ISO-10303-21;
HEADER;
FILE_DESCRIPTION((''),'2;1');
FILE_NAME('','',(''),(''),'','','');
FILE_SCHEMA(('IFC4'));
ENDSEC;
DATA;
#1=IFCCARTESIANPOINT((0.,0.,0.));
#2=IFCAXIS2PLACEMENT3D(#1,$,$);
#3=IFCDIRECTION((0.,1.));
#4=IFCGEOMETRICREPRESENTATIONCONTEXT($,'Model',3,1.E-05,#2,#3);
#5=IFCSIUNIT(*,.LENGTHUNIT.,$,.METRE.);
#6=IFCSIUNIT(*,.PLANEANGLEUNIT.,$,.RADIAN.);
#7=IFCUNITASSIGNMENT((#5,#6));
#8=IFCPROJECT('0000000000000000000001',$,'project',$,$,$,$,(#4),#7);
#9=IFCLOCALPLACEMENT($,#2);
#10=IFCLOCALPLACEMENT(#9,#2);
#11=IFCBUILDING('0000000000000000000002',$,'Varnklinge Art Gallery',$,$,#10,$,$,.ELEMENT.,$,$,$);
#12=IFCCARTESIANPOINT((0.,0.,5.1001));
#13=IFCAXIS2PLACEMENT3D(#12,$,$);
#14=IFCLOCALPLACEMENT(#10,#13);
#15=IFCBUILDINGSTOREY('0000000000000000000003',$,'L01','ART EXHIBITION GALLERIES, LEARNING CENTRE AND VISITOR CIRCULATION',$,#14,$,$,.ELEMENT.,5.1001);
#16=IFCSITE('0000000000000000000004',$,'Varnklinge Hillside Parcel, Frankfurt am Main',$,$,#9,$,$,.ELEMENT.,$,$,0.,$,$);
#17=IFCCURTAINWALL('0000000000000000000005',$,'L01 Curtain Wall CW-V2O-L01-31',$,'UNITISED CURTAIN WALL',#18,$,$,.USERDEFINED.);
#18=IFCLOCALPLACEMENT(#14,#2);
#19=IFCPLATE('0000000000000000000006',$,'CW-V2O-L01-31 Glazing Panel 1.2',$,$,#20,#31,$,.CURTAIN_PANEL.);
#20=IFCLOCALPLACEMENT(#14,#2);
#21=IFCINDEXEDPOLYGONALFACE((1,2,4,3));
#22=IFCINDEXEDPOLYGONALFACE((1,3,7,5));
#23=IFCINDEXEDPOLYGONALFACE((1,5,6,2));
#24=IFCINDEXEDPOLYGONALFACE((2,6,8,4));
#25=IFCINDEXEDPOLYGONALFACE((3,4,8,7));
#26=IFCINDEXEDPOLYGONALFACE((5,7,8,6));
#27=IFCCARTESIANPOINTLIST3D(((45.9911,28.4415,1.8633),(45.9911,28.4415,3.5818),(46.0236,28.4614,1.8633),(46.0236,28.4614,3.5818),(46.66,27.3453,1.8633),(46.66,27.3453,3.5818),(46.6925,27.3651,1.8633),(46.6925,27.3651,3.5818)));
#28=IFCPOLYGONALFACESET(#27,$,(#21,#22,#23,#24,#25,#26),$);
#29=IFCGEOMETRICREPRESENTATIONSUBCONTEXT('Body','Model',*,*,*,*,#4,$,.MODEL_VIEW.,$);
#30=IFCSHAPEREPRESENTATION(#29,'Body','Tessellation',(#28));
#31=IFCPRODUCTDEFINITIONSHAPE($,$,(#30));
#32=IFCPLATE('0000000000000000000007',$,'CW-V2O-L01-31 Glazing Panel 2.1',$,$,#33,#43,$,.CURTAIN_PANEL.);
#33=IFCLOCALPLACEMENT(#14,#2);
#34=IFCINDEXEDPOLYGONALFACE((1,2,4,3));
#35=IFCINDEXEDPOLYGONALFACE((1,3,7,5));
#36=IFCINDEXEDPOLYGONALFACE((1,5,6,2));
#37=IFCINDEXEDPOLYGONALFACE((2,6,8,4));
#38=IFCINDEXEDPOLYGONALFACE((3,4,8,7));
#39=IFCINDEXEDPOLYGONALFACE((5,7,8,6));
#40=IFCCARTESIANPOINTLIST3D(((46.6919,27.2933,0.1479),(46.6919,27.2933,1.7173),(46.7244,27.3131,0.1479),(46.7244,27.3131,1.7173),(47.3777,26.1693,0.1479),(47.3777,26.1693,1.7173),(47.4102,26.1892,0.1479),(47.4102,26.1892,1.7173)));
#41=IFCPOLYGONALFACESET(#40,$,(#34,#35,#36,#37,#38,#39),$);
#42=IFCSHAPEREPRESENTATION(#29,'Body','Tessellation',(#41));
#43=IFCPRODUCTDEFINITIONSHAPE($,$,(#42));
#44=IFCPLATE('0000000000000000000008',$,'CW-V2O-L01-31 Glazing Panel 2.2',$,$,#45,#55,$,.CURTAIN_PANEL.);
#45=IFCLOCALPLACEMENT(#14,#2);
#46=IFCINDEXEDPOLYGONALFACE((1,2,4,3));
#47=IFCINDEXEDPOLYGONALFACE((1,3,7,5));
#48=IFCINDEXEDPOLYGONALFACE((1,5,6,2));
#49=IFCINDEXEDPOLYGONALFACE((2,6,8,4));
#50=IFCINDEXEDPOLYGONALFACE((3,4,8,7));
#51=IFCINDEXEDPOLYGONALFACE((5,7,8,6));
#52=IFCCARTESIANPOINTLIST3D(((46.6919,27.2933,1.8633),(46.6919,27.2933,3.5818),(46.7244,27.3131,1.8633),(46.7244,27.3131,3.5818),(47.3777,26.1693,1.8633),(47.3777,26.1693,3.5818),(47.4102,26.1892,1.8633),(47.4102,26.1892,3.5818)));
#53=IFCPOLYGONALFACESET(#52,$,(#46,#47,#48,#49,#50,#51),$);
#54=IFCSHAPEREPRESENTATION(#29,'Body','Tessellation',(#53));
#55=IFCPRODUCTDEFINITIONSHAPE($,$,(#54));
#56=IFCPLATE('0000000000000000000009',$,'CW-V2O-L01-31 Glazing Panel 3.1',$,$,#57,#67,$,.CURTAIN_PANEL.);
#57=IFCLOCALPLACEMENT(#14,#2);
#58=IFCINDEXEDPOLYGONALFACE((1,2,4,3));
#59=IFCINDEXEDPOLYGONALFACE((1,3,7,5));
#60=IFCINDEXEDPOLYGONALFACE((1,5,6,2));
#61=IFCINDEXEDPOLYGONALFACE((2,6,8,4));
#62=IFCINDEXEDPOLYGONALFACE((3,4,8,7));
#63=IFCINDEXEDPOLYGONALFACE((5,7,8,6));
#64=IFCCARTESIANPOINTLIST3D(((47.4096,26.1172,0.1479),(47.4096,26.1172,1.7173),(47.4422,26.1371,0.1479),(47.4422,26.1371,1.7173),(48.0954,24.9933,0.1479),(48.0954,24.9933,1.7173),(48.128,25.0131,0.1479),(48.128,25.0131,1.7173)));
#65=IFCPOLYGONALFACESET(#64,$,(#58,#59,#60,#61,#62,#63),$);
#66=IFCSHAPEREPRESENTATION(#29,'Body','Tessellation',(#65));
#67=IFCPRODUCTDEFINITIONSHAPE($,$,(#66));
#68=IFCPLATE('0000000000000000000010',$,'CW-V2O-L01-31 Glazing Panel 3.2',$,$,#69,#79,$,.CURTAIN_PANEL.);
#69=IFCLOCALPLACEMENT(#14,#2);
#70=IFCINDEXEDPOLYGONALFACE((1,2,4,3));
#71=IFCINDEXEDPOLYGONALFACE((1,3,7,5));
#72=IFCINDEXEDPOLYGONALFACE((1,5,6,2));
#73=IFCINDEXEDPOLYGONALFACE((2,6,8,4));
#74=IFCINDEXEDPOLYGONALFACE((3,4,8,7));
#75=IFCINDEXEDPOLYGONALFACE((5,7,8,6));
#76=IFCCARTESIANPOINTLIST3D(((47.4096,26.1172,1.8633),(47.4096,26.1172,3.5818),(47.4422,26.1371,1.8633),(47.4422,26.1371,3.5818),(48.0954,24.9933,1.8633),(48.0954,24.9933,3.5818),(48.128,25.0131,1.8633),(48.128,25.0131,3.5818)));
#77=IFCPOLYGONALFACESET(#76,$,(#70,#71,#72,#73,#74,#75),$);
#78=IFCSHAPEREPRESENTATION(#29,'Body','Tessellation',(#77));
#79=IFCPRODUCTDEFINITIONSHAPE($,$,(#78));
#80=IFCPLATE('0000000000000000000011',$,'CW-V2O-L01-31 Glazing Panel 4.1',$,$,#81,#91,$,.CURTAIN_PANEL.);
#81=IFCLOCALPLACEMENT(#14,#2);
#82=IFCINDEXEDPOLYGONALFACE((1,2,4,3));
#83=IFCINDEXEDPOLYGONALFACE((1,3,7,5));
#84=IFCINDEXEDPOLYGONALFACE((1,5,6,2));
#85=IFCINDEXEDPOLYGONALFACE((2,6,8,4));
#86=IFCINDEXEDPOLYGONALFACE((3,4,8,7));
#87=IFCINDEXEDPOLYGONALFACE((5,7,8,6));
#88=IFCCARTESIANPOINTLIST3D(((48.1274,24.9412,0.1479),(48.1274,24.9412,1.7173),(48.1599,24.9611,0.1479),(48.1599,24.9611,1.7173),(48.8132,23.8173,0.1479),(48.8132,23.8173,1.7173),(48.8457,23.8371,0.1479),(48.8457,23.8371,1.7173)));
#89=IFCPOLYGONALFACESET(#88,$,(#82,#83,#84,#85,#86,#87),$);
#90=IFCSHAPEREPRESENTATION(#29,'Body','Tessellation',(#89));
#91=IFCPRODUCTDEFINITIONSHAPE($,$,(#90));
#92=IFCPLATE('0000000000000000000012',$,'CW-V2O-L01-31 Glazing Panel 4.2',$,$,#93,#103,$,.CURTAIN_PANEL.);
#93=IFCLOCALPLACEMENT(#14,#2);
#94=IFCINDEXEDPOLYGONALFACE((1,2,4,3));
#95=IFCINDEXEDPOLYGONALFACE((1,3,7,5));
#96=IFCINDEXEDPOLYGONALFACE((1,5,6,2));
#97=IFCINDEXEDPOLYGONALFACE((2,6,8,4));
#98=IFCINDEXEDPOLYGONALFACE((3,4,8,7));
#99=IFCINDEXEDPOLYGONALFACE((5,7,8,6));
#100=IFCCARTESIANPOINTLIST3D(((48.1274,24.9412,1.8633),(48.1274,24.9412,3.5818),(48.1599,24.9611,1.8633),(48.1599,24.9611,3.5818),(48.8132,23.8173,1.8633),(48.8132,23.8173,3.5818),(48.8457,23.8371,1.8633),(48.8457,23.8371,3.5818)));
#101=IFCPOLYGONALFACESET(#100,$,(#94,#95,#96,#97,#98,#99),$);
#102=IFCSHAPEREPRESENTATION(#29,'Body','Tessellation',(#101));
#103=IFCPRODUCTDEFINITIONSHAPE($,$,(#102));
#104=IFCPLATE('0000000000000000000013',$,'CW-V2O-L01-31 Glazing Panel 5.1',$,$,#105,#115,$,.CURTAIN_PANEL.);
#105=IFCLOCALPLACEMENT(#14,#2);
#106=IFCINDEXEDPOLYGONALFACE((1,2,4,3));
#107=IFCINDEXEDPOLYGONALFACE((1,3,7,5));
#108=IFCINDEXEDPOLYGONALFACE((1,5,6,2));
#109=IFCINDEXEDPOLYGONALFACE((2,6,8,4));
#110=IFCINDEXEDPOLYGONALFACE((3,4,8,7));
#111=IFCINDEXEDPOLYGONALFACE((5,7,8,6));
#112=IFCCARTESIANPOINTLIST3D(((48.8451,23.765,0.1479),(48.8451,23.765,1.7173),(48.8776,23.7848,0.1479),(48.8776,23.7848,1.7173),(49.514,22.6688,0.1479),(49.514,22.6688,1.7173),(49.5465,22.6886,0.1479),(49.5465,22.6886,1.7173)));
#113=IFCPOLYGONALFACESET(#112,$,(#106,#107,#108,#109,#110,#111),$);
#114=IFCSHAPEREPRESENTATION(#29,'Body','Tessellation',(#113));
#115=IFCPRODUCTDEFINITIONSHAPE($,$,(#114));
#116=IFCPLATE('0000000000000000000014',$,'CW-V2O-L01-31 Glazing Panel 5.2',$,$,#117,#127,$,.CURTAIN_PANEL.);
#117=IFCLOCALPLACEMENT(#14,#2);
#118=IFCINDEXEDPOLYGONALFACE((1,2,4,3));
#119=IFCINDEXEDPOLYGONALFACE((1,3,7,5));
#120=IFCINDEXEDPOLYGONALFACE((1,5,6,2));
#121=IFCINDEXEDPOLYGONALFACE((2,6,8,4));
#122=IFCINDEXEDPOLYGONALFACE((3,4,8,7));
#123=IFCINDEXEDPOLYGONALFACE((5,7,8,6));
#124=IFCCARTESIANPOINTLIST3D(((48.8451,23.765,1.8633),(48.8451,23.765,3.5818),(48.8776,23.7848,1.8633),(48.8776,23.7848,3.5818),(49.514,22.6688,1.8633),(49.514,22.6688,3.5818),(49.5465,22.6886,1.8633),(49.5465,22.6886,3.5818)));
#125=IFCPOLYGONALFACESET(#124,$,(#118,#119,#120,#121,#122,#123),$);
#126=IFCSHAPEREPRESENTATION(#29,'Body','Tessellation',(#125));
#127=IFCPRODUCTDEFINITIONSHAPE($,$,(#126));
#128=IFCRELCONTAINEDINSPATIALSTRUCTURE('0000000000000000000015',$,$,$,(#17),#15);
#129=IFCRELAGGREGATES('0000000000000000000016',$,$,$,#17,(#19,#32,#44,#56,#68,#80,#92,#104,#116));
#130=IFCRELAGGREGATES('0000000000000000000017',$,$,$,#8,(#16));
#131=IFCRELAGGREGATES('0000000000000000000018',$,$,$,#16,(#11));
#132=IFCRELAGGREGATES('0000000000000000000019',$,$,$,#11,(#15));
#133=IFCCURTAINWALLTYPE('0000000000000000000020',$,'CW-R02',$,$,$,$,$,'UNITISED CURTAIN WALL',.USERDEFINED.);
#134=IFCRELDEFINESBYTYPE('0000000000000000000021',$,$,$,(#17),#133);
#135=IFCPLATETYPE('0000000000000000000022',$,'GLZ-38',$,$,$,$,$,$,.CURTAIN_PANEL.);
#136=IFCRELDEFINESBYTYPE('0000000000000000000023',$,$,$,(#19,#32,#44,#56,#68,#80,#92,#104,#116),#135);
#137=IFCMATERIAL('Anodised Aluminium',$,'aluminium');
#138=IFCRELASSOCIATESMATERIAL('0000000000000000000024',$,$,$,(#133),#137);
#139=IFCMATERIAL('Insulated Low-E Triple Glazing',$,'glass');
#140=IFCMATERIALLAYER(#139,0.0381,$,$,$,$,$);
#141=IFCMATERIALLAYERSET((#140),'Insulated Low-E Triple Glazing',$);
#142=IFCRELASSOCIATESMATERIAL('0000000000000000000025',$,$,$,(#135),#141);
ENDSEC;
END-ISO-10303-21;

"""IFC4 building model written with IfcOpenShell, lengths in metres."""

from ifc_helpers import new_model, si_unit, direction, frame, origin, origin_2d, place, context, subcontext, project, spatial, rectangle, extrude, material, layer, layer_set, type_object, element, aggregate, save


model = new_model("IFC4")

# Units and contexts
model_context = context("Model", 3, precision=1e-05, world=origin(), true_north=direction((0.0, 1.0)))
body_context = subcontext(model_context, "Body", "Model", "MODEL_VIEW")
ifc_project = project(units=[si_unit("LENGTHUNIT", "METRE"), si_unit("PLANEANGLEUNIT", "RADIAN")], contexts=[model_context])

# Site, building, storey
site_placement = place(None, origin())
site = spatial("IfcSite", under=ifc_project, at=site_placement, Name="Varnklinge Hillside Parcel, Frankfurt am Main", CompositionType="ELEMENT", RefElevation=0.0)
building_placement = place(site_placement, origin())
building = spatial("IfcBuilding", under=site, at=building_placement, Name="Varnklinge Art Gallery", CompositionType="ELEMENT")
storey_placement = place(building_placement, frame((0.0, 0.0, 5.1001)))
storey = spatial("IfcBuildingStorey", under=building, at=storey_placement, Name="L01", Description="ART EXHIBITION GALLERIES, LEARNING CENTRE AND VISITOR CIRCULATION", CompositionType="ELEMENT", Elevation=5.1001)

# Curtain wall
ifc_material_1 = material(Name="Anodised Aluminium", Category="aluminium")
curtain_wall_type = type_object("IfcCurtainWallType", Name="CW-R02", ElementType="UNITISED CURTAIN WALL", PredefinedType="USERDEFINED", material=ifc_material_1)
curtain_wall_1_placement = place(storey_placement, origin())
curtain_wall_1 = element("IfcCurtainWall", 1, at=curtain_wall_1_placement, inside=storey, type_object=curtain_wall_type, Name="L01 Curtain Wall CW-V2O-L01-31", ObjectType="UNITISED CURTAIN WALL", PredefinedType="USERDEFINED")

# Plates
ifc_material_2 = material(Name="Insulated Low-E Triple Glazing", Category="glass")
ifc_layer = layer(ifc_material_2, 0.0381)
ifc_layer_set = layer_set([ifc_layer], Name="Insulated Low-E Triple Glazing")
plate_type = type_object("IfcPlateType", Name="GLZ-38", PredefinedType="CURTAIN_PANEL", material=ifc_layer_set)
plate_1_placement = place(storey_placement, frame((46.3418, 27.9033, 1.8633), z_axis=(0.0, 0.0, 1.0), x_axis=(0.520861, -0.853642, 0.0)))
plate_1 = element("IfcPlate", 2, at=plate_1_placement, type_object=plate_type, Name="CW-V2O-L01-31 Glazing Panel 1.2", PredefinedType="CURTAIN_PANEL", context=body_context, shape_type="SweptSolid", body=[
    extrude(rectangle(XDim=1.2842, YDim=0.0381, at=origin_2d()), origin(), (0.0, 0.0, 1.0), 1.7185),
])
plate_2_placement = place(storey_placement, frame((47.051, 26.7412, 0.1479), z_axis=(0.0, 0.0, 1.0), x_axis=(0.520861, -0.853642, 0.0)))
plate_2 = element("IfcPlate", 3, at=plate_2_placement, type_object=plate_type, Name="CW-V2O-L01-31 Glazing Panel 2.1", PredefinedType="CURTAIN_PANEL", context=body_context, shape_type="SweptSolid", body=[
    extrude(rectangle(XDim=1.3167, YDim=0.0381, at=origin_2d()), origin(), (0.0, 0.0, 1.0), 1.5693),
])
plate_3_placement = place(storey_placement, frame((47.051, 26.7412, 1.8633), z_axis=(0.0, 0.0, 1.0), x_axis=(0.520861, -0.853642, 0.0)))
plate_3 = element("IfcPlate", 4, at=plate_3_placement, type_object=plate_type, Name="CW-V2O-L01-31 Glazing Panel 2.2", PredefinedType="CURTAIN_PANEL", context=body_context, shape_type="SweptSolid", body=[
    extrude(rectangle(XDim=1.3167, YDim=0.0381, at=origin_2d()), origin(), (0.0, 0.0, 1.0), 1.7185),
])
plate_4_placement = place(storey_placement, frame((47.7688, 25.5652, 0.1479), z_axis=(0.0, 0.0, 1.0), x_axis=(0.520861, -0.853642, 0.0)))
plate_4 = element("IfcPlate", 5, at=plate_4_placement, type_object=plate_type, Name="CW-V2O-L01-31 Glazing Panel 3.1", PredefinedType="CURTAIN_PANEL", context=body_context, shape_type="SweptSolid", body=[
    extrude(rectangle(XDim=1.3167, YDim=0.0381, at=origin_2d()), origin(), (0.0, 0.0, 1.0), 1.5693),
])
plate_5_placement = place(storey_placement, frame((47.7688, 25.5652, 1.8633), z_axis=(0.0, 0.0, 1.0), x_axis=(0.520861, -0.853642, 0.0)))
plate_5 = element("IfcPlate", 6, at=plate_5_placement, type_object=plate_type, Name="CW-V2O-L01-31 Glazing Panel 3.2", PredefinedType="CURTAIN_PANEL", context=body_context, shape_type="SweptSolid", body=[
    extrude(rectangle(XDim=1.3167, YDim=0.0381, at=origin_2d()), origin(), (0.0, 0.0, 1.0), 1.7185),
])
plate_6_placement = place(storey_placement, frame((48.4866, 24.3892, 0.1479), z_axis=(0.0, 0.0, 1.0), x_axis=(0.520861, -0.853642, 0.0)))
plate_6 = element("IfcPlate", 7, at=plate_6_placement, type_object=plate_type, Name="CW-V2O-L01-31 Glazing Panel 4.1", PredefinedType="CURTAIN_PANEL", context=body_context, shape_type="SweptSolid", body=[
    extrude(rectangle(XDim=1.3167, YDim=0.0381, at=origin_2d()), origin(), (0.0, 0.0, 1.0), 1.5693),
])
plate_7_placement = place(storey_placement, frame((48.4866, 24.3892, 1.8633), z_axis=(0.0, 0.0, 1.0), x_axis=(0.520861, -0.853642, 0.0)))
plate_7 = element("IfcPlate", 8, at=plate_7_placement, type_object=plate_type, Name="CW-V2O-L01-31 Glazing Panel 4.2", PredefinedType="CURTAIN_PANEL", context=body_context, shape_type="SweptSolid", body=[
    extrude(rectangle(XDim=1.3167, YDim=0.0381, at=origin_2d()), origin(), (0.0, 0.0, 1.0), 1.7185),
])
plate_8_placement = place(storey_placement, frame((49.1958, 23.2268, 0.1479), z_axis=(0.0, 0.0, 1.0), x_axis=(0.520861, -0.853642, 0.0)))
plate_8 = element("IfcPlate", 9, at=plate_8_placement, type_object=plate_type, Name="CW-V2O-L01-31 Glazing Panel 5.1", PredefinedType="CURTAIN_PANEL", context=body_context, shape_type="SweptSolid", body=[
    extrude(rectangle(XDim=1.2842, YDim=0.0381, at=origin_2d()), origin(), (0.0, 0.0, 1.0), 1.5693),
])
plate_9_placement = place(storey_placement, frame((49.1958, 23.2268, 1.8633), z_axis=(0.0, 0.0, 1.0), x_axis=(0.520861, -0.853642, 0.0)))
plate_9 = element("IfcPlate", 10, at=plate_9_placement, type_object=plate_type, Name="CW-V2O-L01-31 Glazing Panel 5.2", PredefinedType="CURTAIN_PANEL", context=body_context, shape_type="SweptSolid", body=[
    extrude(rectangle(XDim=1.2842, YDim=0.0381, at=origin_2d()), origin(), (0.0, 0.0, 1.0), 1.7185),
])
aggregate(curtain_wall_1, [plate_1, plate_2, plate_3, plate_4, plate_5, plate_6, plate_7, plate_8, plate_9])

save(model, "model.ifc")
